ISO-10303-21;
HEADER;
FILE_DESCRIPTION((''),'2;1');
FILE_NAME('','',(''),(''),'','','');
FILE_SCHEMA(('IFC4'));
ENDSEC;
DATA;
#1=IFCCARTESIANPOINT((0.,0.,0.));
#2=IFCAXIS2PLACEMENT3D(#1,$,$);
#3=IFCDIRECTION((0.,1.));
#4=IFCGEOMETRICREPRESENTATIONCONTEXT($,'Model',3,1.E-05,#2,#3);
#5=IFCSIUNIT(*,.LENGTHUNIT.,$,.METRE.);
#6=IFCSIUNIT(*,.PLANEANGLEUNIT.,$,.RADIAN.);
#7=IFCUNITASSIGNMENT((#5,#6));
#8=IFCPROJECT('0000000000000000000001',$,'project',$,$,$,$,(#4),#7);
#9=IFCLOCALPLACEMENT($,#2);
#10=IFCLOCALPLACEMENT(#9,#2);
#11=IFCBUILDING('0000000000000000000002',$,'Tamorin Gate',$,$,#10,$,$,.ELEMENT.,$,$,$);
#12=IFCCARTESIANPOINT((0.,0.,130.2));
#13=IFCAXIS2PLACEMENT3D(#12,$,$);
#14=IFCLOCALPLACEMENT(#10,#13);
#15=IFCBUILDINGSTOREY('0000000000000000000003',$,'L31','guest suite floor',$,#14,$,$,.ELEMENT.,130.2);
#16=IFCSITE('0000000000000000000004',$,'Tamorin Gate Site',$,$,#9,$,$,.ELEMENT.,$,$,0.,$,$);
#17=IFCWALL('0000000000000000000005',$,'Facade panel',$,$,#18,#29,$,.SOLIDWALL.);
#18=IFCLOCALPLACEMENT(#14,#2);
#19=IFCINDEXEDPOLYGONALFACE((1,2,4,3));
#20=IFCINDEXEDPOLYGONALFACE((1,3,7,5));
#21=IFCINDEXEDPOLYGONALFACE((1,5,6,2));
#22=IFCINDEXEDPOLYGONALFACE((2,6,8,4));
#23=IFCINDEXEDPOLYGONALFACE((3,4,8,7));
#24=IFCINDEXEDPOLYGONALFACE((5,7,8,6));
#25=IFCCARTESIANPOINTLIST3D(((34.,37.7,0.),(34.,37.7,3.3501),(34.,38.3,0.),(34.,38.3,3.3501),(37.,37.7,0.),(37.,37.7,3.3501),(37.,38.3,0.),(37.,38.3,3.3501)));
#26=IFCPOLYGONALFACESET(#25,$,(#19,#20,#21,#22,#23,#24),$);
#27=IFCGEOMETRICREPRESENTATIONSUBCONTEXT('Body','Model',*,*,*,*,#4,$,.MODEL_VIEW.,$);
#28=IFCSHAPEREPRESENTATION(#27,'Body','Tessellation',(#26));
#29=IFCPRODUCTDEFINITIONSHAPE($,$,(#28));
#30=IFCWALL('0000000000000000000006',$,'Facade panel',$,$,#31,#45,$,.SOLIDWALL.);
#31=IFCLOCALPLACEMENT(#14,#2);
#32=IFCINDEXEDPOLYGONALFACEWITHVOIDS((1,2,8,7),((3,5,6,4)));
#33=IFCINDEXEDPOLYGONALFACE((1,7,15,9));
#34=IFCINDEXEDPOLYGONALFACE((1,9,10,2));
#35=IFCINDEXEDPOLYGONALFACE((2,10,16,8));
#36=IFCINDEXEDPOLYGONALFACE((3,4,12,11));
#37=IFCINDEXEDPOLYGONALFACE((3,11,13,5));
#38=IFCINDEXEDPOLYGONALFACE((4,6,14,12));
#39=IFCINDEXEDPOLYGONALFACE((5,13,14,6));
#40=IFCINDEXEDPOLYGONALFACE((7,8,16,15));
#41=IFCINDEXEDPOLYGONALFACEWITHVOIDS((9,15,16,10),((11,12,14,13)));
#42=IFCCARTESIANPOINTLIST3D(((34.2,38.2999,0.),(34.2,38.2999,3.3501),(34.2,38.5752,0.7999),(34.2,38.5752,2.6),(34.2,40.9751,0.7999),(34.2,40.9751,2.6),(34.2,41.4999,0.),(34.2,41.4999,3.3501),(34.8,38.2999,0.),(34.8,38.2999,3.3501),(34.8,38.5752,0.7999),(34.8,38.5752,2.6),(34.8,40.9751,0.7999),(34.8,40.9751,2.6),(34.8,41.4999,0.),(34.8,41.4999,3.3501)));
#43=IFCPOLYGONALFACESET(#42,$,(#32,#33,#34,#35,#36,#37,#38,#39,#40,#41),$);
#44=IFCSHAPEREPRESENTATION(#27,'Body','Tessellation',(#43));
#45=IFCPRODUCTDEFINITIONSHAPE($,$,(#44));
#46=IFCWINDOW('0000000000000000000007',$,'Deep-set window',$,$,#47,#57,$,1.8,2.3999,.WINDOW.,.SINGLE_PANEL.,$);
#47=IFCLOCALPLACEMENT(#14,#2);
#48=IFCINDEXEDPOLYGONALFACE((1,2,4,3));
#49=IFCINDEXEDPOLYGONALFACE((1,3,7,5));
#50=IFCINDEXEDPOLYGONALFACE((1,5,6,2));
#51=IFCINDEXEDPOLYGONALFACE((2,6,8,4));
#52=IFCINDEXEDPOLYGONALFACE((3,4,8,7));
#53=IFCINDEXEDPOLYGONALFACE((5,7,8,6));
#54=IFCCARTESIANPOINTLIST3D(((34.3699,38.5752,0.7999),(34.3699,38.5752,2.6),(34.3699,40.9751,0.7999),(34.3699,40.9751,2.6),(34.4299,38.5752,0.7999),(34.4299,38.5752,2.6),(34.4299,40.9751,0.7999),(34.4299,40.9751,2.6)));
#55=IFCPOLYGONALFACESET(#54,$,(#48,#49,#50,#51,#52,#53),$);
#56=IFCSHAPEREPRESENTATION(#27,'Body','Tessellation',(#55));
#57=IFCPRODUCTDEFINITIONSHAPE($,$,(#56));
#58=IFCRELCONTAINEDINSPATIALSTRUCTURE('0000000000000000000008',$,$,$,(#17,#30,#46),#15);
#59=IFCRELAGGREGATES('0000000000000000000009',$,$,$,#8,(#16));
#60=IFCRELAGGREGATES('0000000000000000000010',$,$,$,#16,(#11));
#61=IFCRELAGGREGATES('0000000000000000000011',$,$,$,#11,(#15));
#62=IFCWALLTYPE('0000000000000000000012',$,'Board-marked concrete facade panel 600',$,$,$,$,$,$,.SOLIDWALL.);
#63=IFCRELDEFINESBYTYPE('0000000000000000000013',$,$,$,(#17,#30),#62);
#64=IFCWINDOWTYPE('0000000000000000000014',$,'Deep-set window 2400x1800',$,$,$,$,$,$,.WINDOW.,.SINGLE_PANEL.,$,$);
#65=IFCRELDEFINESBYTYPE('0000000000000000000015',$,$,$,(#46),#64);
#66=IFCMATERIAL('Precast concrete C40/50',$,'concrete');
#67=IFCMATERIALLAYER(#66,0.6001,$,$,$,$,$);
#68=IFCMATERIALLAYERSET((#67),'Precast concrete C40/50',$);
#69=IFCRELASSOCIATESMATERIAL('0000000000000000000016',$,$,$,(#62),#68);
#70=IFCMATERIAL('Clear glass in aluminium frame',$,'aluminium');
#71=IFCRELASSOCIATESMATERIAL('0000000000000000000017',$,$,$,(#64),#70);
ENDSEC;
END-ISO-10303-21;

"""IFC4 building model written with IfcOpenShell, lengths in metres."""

from ifc_helpers import new_model, si_unit, direction, frame, frame_2d, origin, place, context, subcontext, project, spatial, rectangle, extrude, material, layer, layer_set, type_object, element, fill, save


model = new_model("IFC4")

# Units and contexts
model_context = context("Model", 3, precision=1e-05, world=origin(), true_north=direction((0.0, 1.0)))
body_context = subcontext(model_context, "Body", "Model", "MODEL_VIEW")
ifc_project = project(units=[si_unit("LENGTHUNIT", "METRE"), si_unit("PLANEANGLEUNIT", "RADIAN")], contexts=[model_context])

# Site, building, storey
site_placement = place(None, origin())
site = spatial("IfcSite", under=ifc_project, at=site_placement, Name="Tamorin Gate Site", CompositionType="ELEMENT", RefElevation=0.0)
building_placement = place(site_placement, origin())
building = spatial("IfcBuilding", under=site, at=building_placement, Name="Tamorin Gate", CompositionType="ELEMENT")
storey_placement = place(building_placement, frame((0.0, 0.0, 130.2)))
storey = spatial("IfcBuildingStorey", under=building, at=storey_placement, Name="L31", Description="guest suite floor", CompositionType="ELEMENT", Elevation=130.2)

# Wall
ifc_material_1 = material(Name="Precast concrete C40/50", Category="concrete")
ifc_layer_1 = layer(ifc_material_1, 0.6001)
ifc_layer_set_1 = layer_set([ifc_layer_1], Name="Precast concrete C40/50")
wall_type = type_object("IfcWallType", Name="Board-marked concrete facade panel 600", PredefinedType="SOLIDWALL", material=ifc_layer_set_1)
wall_1_placement = place(storey_placement, frame((34.0, 38.0, 0.0), z_axis=(0.0, 0.0, 1.0), x_axis=(1.0, 0.0, 0.0)))
element("IfcWall", 1, at=wall_1_placement, inside=storey, type_object=wall_type, Name="Facade panel", PredefinedType="SOLIDWALL", context=body_context, shape_type="SweptSolid", body=[
    extrude(rectangle(XDim=3.0, YDim=0.6001, at=frame_2d((1.5, 0.0))), origin(), (0.0, 0.0, 1.0), 3.3501),
])

# Wall, opening, window
wall_2_placement = place(storey_placement, frame((34.5, 41.5, 0.0), z_axis=(0.0, 0.0, 1.0), x_axis=(0.0, -1.0, 0.0)))
wall_2 = element("IfcWall", 2, at=wall_2_placement, inside=storey, type_object=wall_type, Name="Facade panel", PredefinedType="SOLIDWALL", context=body_context, shape_type="SweptSolid", body=[
    extrude(rectangle(XDim=3.2, YDim=0.6001, at=frame_2d((1.6001, 0.0))), origin(), (0.0, 0.0, 1.0), 3.3501),
])
opening_placement = place(wall_2_placement, frame((0.5249, 0.0, 0.8)))
opening = element("IfcOpeningElement", 3, at=opening_placement, cuts=wall_2, PredefinedType="OPENING", context=body_context, shape_type="SweptSolid", body=[
    extrude(rectangle(XDim=2.3999, YDim=1.8, at=frame_2d((1.2, 0.8999))), frame((0.0, 0.3101, 0.0), z_axis=(0.0, -1.0, 0.0), x_axis=(1.0, 0.0, 0.0)), (0.0, 0.0, 1.0), 0.6201),
])
ifc_material_2 = material(Name="Clear glass in aluminium frame", Category="aluminium")
window_type = type_object("IfcWindowType", Name="Deep-set window 2400x1800", PartitioningType="SINGLE_PANEL", PredefinedType="WINDOW", material=ifc_material_2)
window_placement = place(opening_placement, origin())
window = element("IfcWindow", 4, at=window_placement, inside=storey, type_object=window_type, Name="Deep-set window", OverallHeight=1.8, OverallWidth=2.3999, PartitioningType="SINGLE_PANEL", PredefinedType="WINDOW", context=body_context, shape_type="SweptSolid", body=[
    extrude(rectangle(XDim=2.3999, YDim=1.8, at=frame_2d((1.2, 0.8999))), frame((0.0, -0.0701, 0.0), z_axis=(0.0, -1.0, 0.0), x_axis=(1.0, 0.0, 0.0)), (0.0, 0.0, 1.0), 0.0601),
])
fill(opening, window)

save(model, "model.ifc")
